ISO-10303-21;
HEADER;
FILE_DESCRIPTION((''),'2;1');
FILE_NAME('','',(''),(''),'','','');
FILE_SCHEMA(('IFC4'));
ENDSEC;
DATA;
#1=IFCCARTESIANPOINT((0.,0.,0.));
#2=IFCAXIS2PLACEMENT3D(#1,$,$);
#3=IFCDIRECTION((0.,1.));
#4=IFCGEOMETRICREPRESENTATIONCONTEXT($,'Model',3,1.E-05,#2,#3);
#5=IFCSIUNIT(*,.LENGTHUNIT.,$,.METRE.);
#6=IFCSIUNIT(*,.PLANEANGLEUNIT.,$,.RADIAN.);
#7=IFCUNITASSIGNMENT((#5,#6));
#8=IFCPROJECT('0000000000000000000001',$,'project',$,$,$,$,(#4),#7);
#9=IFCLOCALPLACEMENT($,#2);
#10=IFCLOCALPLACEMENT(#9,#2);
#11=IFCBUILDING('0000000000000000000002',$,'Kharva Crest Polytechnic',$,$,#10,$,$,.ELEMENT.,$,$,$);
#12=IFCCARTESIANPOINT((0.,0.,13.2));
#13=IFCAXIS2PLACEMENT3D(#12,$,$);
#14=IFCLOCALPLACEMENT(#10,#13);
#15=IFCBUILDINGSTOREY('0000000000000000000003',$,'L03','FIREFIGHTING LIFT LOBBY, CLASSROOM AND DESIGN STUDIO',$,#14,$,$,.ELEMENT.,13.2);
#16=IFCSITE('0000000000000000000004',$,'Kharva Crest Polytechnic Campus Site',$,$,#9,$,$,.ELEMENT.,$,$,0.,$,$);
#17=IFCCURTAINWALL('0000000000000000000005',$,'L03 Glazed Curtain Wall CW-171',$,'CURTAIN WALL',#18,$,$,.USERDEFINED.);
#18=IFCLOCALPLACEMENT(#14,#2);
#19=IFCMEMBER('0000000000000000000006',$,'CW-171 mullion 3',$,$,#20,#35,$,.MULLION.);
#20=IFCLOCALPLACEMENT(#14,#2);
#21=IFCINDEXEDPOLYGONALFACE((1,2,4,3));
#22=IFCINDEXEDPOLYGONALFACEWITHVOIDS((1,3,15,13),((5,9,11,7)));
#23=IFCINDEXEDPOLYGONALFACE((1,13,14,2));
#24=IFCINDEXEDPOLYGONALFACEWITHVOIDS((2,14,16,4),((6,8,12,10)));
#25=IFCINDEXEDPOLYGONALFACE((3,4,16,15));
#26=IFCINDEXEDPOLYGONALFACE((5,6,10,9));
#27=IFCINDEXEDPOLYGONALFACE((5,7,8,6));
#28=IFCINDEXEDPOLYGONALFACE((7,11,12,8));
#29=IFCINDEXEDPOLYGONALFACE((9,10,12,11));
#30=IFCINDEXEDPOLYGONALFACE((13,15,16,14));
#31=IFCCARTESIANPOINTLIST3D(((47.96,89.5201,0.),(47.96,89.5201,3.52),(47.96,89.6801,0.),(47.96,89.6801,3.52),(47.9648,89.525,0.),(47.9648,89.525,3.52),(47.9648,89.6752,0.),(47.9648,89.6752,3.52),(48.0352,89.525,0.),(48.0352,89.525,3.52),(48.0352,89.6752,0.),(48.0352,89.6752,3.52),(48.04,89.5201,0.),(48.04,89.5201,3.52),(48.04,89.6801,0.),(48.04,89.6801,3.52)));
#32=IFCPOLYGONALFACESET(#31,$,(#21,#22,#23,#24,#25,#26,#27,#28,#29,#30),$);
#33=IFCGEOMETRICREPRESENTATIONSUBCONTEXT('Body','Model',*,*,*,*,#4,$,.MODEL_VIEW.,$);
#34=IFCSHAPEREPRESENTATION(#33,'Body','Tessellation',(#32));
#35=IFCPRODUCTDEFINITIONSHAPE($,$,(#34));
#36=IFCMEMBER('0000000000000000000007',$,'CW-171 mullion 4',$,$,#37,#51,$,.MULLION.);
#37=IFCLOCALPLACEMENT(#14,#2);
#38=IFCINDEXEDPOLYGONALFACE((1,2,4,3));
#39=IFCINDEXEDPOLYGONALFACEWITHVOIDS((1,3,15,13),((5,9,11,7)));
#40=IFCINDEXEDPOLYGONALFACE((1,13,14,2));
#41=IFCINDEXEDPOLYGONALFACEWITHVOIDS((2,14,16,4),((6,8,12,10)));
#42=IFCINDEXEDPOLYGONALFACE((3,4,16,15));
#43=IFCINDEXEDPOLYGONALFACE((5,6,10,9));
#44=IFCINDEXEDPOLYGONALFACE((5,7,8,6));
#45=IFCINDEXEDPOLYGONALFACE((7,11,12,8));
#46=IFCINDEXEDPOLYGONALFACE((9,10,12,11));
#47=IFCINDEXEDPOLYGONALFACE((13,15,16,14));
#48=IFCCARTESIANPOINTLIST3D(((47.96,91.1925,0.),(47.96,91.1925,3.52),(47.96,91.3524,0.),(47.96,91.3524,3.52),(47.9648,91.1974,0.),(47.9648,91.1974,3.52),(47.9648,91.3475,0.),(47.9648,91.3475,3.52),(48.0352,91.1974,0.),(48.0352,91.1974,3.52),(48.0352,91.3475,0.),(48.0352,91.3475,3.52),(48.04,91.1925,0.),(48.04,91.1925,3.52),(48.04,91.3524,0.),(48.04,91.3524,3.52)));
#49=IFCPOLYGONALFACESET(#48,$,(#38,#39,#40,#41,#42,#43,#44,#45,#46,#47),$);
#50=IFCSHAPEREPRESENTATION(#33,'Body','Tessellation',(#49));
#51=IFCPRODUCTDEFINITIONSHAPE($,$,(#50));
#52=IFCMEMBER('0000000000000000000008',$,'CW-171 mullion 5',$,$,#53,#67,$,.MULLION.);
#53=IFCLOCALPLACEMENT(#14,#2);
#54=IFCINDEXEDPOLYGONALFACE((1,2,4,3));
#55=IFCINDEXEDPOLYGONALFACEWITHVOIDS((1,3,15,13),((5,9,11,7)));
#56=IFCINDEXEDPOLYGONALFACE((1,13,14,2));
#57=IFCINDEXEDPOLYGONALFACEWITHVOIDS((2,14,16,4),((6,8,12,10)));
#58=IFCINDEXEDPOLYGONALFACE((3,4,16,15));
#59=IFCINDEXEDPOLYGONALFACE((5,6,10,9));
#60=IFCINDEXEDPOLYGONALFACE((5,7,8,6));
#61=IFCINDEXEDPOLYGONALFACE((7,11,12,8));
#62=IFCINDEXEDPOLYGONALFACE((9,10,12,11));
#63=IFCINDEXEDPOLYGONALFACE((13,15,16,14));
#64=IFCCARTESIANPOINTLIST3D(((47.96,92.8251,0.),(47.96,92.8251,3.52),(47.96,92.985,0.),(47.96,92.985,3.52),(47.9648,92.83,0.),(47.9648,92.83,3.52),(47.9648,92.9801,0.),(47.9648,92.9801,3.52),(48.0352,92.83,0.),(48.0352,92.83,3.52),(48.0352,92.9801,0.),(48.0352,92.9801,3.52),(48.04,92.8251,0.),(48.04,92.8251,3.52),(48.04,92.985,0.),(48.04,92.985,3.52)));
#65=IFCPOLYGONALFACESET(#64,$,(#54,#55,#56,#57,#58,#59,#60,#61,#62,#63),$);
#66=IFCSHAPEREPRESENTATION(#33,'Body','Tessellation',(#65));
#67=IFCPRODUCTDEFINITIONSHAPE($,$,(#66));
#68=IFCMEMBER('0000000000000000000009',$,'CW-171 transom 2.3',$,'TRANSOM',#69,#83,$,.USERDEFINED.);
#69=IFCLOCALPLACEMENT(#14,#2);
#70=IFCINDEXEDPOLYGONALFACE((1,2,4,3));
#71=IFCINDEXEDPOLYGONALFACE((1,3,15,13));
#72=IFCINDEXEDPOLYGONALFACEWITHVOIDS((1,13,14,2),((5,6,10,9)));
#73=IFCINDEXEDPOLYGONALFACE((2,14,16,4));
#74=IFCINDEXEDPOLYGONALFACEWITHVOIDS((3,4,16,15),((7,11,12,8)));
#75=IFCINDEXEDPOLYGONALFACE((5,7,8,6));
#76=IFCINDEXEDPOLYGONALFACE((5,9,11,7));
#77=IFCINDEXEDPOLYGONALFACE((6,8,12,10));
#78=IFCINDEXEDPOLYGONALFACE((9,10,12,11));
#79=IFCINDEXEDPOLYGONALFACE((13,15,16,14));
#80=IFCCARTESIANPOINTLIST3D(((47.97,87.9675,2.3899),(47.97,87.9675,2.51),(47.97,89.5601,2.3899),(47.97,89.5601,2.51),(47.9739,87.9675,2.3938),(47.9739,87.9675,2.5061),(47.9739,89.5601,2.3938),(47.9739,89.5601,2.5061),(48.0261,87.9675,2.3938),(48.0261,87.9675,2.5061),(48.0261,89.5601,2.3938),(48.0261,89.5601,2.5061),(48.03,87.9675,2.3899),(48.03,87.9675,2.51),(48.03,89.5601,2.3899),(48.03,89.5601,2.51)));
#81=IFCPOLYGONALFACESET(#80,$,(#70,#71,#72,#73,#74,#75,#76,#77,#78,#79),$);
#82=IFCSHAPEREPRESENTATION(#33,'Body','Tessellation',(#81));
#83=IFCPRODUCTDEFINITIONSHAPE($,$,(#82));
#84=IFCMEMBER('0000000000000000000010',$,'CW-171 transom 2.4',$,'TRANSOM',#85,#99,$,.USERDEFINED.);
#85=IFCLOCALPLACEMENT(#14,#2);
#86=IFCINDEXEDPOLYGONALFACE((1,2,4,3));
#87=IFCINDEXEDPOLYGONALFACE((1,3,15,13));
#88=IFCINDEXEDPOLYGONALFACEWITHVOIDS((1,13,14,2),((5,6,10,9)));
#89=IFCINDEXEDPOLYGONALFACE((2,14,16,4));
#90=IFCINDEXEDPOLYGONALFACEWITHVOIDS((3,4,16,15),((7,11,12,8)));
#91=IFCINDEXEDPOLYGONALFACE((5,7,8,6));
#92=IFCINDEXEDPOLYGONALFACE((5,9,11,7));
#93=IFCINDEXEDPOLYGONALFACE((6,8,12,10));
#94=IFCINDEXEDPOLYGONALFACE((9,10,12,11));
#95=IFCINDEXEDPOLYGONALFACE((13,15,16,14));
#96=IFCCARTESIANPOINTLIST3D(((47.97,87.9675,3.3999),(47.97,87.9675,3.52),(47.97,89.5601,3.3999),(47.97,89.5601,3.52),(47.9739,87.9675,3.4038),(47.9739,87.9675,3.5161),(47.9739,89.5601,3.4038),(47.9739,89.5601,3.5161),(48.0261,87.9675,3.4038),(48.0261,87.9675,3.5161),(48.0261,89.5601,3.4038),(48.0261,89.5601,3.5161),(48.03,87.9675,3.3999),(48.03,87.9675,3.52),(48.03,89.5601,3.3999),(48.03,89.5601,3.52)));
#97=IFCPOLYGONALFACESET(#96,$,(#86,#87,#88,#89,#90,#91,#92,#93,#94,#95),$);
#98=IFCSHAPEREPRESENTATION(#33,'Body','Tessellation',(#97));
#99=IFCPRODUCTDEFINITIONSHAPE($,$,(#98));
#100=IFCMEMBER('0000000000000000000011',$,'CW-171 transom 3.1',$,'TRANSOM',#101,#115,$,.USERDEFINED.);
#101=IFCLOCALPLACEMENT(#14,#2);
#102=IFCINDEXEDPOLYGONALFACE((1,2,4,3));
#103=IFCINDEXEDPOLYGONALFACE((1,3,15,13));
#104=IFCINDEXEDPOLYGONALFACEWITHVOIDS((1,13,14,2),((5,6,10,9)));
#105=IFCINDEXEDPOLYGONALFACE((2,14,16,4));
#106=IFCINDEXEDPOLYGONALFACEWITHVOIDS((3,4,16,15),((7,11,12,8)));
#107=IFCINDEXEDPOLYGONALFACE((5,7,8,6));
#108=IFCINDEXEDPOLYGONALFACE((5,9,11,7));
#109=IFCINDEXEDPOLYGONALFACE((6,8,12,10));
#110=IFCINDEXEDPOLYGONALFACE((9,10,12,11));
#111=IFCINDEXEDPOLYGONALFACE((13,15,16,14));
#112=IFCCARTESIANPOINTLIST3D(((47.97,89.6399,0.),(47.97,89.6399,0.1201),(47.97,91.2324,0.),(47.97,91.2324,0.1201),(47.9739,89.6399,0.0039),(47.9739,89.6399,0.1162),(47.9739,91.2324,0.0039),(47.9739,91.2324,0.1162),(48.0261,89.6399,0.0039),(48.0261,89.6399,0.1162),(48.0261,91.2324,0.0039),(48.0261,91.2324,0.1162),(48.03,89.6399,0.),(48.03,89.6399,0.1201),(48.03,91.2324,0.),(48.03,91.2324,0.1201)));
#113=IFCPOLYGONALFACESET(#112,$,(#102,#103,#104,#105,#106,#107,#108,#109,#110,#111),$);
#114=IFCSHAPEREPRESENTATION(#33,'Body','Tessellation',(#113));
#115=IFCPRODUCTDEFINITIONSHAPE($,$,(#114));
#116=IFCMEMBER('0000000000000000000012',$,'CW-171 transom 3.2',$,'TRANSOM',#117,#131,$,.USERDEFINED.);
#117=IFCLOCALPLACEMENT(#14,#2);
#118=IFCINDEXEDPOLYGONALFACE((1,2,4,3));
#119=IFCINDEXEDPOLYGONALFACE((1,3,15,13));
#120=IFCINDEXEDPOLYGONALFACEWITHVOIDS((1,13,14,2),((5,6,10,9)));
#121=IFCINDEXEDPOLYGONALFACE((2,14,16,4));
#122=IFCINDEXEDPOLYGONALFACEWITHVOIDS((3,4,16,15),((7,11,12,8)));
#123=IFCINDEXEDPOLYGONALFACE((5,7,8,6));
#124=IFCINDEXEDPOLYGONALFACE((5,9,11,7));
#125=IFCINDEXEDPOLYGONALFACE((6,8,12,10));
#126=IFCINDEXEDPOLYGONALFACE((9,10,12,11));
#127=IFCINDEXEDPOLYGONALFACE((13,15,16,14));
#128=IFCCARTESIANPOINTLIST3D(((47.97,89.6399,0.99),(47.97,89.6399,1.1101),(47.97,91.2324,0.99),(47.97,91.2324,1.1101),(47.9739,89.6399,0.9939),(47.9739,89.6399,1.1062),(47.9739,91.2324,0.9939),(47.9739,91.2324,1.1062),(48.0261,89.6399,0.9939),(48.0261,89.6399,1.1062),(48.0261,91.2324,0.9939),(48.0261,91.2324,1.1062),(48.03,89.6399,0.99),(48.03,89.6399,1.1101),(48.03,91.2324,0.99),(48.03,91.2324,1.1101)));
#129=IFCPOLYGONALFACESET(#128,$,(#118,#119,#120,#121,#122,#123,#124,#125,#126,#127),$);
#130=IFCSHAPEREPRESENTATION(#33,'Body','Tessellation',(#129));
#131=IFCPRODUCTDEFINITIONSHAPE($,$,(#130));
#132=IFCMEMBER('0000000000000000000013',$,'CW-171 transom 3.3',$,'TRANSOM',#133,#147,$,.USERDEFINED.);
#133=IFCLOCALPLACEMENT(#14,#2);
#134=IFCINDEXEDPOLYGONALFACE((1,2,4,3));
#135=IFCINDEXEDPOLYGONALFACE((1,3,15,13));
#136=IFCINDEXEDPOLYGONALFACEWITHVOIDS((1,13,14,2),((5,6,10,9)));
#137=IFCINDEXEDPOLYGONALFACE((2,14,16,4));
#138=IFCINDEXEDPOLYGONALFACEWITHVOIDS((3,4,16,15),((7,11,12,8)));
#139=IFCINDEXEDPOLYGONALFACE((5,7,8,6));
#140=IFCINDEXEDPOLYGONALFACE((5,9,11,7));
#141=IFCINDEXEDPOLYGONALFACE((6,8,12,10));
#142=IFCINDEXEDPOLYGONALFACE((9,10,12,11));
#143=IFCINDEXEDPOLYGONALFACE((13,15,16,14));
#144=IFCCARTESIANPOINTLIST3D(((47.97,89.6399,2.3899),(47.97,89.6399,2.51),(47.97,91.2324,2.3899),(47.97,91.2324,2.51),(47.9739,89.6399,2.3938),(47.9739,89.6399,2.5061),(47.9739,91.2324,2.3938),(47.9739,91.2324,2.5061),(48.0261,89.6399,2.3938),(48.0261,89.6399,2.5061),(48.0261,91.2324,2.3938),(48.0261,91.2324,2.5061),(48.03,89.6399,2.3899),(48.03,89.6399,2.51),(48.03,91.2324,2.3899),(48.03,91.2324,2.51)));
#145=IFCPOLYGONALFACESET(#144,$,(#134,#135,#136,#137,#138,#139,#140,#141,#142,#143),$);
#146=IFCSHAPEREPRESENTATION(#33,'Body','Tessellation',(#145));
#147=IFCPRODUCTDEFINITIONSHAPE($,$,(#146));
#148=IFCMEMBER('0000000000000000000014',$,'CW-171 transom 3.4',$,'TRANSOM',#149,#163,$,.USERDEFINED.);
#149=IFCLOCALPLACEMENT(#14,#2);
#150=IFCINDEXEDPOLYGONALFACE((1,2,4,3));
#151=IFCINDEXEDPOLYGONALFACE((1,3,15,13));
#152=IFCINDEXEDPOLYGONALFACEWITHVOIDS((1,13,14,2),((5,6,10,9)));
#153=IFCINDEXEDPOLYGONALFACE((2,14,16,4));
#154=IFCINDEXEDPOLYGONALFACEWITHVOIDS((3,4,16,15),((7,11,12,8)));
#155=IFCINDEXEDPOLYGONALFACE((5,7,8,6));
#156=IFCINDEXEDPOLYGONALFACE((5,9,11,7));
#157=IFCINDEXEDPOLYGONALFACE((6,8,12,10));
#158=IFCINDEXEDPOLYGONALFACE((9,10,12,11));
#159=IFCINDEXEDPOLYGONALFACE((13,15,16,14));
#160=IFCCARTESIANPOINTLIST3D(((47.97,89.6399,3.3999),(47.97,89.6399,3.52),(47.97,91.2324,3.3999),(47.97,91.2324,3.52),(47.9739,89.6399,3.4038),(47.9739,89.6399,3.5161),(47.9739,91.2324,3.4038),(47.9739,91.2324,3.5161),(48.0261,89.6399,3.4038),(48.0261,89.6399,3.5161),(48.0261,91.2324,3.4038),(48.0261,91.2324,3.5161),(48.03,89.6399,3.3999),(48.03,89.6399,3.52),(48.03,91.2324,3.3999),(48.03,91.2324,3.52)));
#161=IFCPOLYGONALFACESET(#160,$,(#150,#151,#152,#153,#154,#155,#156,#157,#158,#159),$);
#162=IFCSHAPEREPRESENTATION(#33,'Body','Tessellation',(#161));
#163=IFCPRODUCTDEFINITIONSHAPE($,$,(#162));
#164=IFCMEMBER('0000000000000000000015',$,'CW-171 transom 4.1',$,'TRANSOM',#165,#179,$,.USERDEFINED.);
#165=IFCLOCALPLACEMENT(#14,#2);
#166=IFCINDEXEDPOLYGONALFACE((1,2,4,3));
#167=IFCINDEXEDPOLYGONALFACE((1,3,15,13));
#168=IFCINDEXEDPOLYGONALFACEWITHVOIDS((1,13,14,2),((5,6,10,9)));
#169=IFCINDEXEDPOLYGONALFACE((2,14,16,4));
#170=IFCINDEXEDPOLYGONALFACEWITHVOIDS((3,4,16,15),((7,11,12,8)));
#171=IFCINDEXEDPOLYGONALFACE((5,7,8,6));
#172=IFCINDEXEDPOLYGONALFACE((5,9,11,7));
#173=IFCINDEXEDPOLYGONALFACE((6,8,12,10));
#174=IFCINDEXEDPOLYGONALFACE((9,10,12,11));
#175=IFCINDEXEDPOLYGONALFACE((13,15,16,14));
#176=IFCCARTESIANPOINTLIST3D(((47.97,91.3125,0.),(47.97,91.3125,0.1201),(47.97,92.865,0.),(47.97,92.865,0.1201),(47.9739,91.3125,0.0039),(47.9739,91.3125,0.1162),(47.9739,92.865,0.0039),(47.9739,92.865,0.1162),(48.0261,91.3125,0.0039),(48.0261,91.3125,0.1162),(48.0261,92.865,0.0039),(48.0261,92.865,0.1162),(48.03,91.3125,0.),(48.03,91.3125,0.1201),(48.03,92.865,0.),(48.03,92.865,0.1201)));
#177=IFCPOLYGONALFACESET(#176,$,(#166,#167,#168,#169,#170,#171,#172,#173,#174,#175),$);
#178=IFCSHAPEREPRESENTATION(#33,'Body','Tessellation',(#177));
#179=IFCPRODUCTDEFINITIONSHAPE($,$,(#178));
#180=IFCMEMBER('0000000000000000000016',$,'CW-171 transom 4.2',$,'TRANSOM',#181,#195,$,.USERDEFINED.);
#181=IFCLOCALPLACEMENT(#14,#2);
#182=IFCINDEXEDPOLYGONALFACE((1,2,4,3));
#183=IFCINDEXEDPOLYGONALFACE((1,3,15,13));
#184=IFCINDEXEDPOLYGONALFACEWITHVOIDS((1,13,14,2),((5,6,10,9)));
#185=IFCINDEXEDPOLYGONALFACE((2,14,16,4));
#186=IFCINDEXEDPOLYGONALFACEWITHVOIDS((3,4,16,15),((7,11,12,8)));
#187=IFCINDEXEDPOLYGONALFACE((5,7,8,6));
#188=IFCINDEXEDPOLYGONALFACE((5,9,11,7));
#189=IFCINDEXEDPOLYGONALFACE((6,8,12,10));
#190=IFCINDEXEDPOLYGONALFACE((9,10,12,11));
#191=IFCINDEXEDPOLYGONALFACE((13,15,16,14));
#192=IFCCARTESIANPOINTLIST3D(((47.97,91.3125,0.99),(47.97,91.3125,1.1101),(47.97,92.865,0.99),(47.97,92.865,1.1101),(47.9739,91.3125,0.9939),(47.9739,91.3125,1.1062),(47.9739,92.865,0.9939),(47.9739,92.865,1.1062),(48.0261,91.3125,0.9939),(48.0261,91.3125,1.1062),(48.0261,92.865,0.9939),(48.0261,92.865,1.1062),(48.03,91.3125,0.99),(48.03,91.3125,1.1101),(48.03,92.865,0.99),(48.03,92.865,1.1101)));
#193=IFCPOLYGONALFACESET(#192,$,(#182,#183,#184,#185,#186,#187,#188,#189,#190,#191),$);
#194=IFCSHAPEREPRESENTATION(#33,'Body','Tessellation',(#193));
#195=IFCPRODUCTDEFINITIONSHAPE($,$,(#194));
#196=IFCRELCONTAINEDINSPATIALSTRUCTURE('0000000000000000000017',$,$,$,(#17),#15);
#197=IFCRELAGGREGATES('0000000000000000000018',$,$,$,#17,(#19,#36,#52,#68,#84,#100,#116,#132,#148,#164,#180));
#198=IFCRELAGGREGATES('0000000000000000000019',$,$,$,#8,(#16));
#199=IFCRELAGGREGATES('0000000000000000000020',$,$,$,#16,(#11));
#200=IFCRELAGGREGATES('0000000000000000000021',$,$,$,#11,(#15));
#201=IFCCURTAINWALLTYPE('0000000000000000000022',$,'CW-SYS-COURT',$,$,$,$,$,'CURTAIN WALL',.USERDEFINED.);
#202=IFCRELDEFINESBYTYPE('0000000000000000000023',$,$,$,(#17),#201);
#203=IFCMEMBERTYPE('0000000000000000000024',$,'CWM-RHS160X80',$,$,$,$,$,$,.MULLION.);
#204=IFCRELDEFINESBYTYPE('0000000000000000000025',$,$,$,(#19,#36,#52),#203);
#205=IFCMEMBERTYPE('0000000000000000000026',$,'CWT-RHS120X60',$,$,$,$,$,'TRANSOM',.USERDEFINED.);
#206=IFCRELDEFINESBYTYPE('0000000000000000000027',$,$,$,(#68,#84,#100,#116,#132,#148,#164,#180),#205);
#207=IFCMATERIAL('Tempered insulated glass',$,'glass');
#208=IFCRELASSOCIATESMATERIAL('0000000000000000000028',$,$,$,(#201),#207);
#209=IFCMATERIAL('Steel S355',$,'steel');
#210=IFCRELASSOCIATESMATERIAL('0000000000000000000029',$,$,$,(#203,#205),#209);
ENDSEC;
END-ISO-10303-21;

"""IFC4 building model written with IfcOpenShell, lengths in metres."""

from ifc_helpers import new_model, si_unit, direction, frame, origin, origin_2d, place, context, subcontext, project, spatial, hollow_rectangle, extrude, material, material_profile, profile_set, type_object, element, aggregate, save


model = new_model("IFC4")

# Units and contexts
model_context = context("Model", 3, precision=1e-05, world=origin(), true_north=direction((0.0, 1.0)))
body_context = subcontext(model_context, "Body", "Model", "MODEL_VIEW")
ifc_project = project(units=[si_unit("LENGTHUNIT", "METRE"), si_unit("PLANEANGLEUNIT", "RADIAN")], contexts=[model_context])

# Site, building, storey
site_placement = place(None, origin())
site = spatial("IfcSite", under=ifc_project, at=site_placement, Name="Kharva Crest Polytechnic Campus Site", CompositionType="ELEMENT", RefElevation=0.0)
building_placement = place(site_placement, origin())
building = spatial("IfcBuilding", under=site, at=building_placement, Name="Kharva Crest Polytechnic", CompositionType="ELEMENT")
storey_placement = place(building_placement, frame((0.0, 0.0, 13.2)))
storey = spatial("IfcBuildingStorey", under=building, at=storey_placement, Name="L03", Description="FIREFIGHTING LIFT LOBBY, CLASSROOM AND DESIGN STUDIO", CompositionType="ELEMENT", Elevation=13.2)

# Curtain wall, members
ifc_material_1 = material(Name="Tempered insulated glass", Category="glass")
curtain_wall_type = type_object("IfcCurtainWallType", Name="CW-SYS-COURT", ElementType="CURTAIN WALL", PredefinedType="USERDEFINED", material=ifc_material_1)
curtain_wall_placement = place(storey_placement, origin())
curtain_wall = element("IfcCurtainWall", 1, at=curtain_wall_placement, inside=storey, type_object=curtain_wall_type, Name="L03 Glazed Curtain Wall CW-171", ObjectType="CURTAIN WALL", PredefinedType="USERDEFINED")
ifc_material_2 = material(Name="Steel S355", Category="steel")
ifc_material_profile_1 = material_profile(ifc_material_2, hollow_rectangle(XDim=0.0801, YDim=0.1599, WallThickness=0.0049, at=origin_2d()), Name="RHS 160X80X5.0")
ifc_profile_set_1 = profile_set([ifc_material_profile_1], Name="Steel S355")
member_type_1 = type_object("IfcMemberType", Name="CWM-RHS160X80", PredefinedType="MULLION", material=ifc_profile_set_1)
member_1_placement = place(storey_placement, frame((48.0, 89.6001, 0.0), z_axis=(0.0, 0.0, 1.0), x_axis=(-1.0, 0.0, 0.0)))
member_1 = element("IfcMember", 2, at=member_1_placement, type_object=member_type_1, Name="CW-171 mullion 3", PredefinedType="MULLION", context=body_context, shape_type="SweptSolid", body=[
    extrude(hollow_rectangle(XDim=0.0801, YDim=0.1599, WallThickness=0.0049, at=origin_2d()), origin(), (0.0, 0.0, 1.0), 3.52),
])
member_2_placement = place(storey_placement, frame((48.0, 91.2725, 0.0), z_axis=(0.0, 0.0, 1.0), x_axis=(-1.0, 0.0, 0.0)))
member_2 = element("IfcMember", 3, at=member_2_placement, type_object=member_type_1, Name="CW-171 mullion 4", PredefinedType="MULLION", context=body_context, shape_type="SweptSolid", body=[
    extrude(hollow_rectangle(XDim=0.0801, YDim=0.1599, WallThickness=0.0049, at=origin_2d()), origin(), (0.0, 0.0, 1.0), 3.52),
])
member_3_placement = place(storey_placement, frame((48.0, 92.905, 0.0), z_axis=(0.0, 0.0, 1.0), x_axis=(-1.0, 0.0, 0.0)))
member_3 = element("IfcMember", 4, at=member_3_placement, type_object=member_type_1, Name="CW-171 mullion 5", PredefinedType="MULLION", context=body_context, shape_type="SweptSolid", body=[
    extrude(hollow_rectangle(XDim=0.0801, YDim=0.1599, WallThickness=0.0049, at=origin_2d()), origin(), (0.0, 0.0, 1.0), 3.52),
])
ifc_material_profile_2 = material_profile(ifc_material_2, hollow_rectangle(XDim=0.0601, YDim=0.1201, WallThickness=0.0039, at=origin_2d()), Name="RHS 120X60X4.0")
ifc_profile_set_2 = profile_set([ifc_material_profile_2], Name="Steel S355")
member_type_2 = type_object("IfcMemberType", Name="CWT-RHS120X60", ElementType="TRANSOM", PredefinedType="USERDEFINED", material=ifc_profile_set_2)
member_4_placement = place(storey_placement, frame((48.0, 87.9675, 2.45), z_axis=(0.0, 1.0, 0.0), x_axis=(-1.0, 0.0, 0.0)))
member_4 = element("IfcMember", 5, at=member_4_placement, type_object=member_type_2, Name="CW-171 transom 2.3", ObjectType="TRANSOM", PredefinedType="USERDEFINED", context=body_context, shape_type="SweptSolid", body=[
    extrude(hollow_rectangle(XDim=0.0601, YDim=0.1201, WallThickness=0.0039, at=origin_2d()), origin(), (0.0, 0.0, 1.0), 1.5925),
])
member_5_placement = place(storey_placement, frame((48.0, 87.9675, 3.46), z_axis=(0.0, 1.0, 0.0), x_axis=(-1.0, 0.0, 0.0)))
member_5 = element("IfcMember", 6, at=member_5_placement, type_object=member_type_2, Name="CW-171 transom 2.4", ObjectType="TRANSOM", PredefinedType="USERDEFINED", context=body_context, shape_type="SweptSolid", body=[
    extrude(hollow_rectangle(XDim=0.0601, YDim=0.1201, WallThickness=0.0039, at=origin_2d()), origin(), (0.0, 0.0, 1.0), 1.5925),
])
member_6_placement = place(storey_placement, frame((48.0, 89.6399, 0.0601), z_axis=(0.0, 1.0, 0.0), x_axis=(-1.0, 0.0, 0.0)))
member_6 = element("IfcMember", 7, at=member_6_placement, type_object=member_type_2, Name="CW-171 transom 3.1", ObjectType="TRANSOM", PredefinedType="USERDEFINED", context=body_context, shape_type="SweptSolid", body=[
    extrude(hollow_rectangle(XDim=0.0601, YDim=0.1201, WallThickness=0.0039, at=origin_2d()), origin(), (0.0, 0.0, 1.0), 1.5925),
])
member_7_placement = place(storey_placement, frame((48.0, 89.6399, 1.05), z_axis=(0.0, 1.0, 0.0), x_axis=(-1.0, 0.0, 0.0)))
member_7 = element("IfcMember", 8, at=member_7_placement, type_object=member_type_2, Name="CW-171 transom 3.2", ObjectType="TRANSOM", PredefinedType="USERDEFINED", context=body_context, shape_type="SweptSolid", body=[
    extrude(hollow_rectangle(XDim=0.0601, YDim=0.1201, WallThickness=0.0039, at=origin_2d()), origin(), (0.0, 0.0, 1.0), 1.5925),
])
member_8_placement = place(storey_placement, frame((48.0, 89.6399, 2.45), z_axis=(0.0, 1.0, 0.0), x_axis=(-1.0, 0.0, 0.0)))
member_8 = element("IfcMember", 9, at=member_8_placement, type_object=member_type_2, Name="CW-171 transom 3.3", ObjectType="TRANSOM", PredefinedType="USERDEFINED", context=body_context, shape_type="SweptSolid", body=[
    extrude(hollow_rectangle(XDim=0.0601, YDim=0.1201, WallThickness=0.0039, at=origin_2d()), origin(), (0.0, 0.0, 1.0), 1.5925),
])
member_9_placement = place(storey_placement, frame((48.0, 89.6399, 3.46), z_axis=(0.0, 1.0, 0.0), x_axis=(-1.0, 0.0, 0.0)))
member_9 = element("IfcMember", 10, at=member_9_placement, type_object=member_type_2, Name="CW-171 transom 3.4", ObjectType="TRANSOM", PredefinedType="USERDEFINED", context=body_context, shape_type="SweptSolid", body=[
    extrude(hollow_rectangle(XDim=0.0601, YDim=0.1201, WallThickness=0.0039, at=origin_2d()), origin(), (0.0, 0.0, 1.0), 1.5925),
])
member_10_placement = place(storey_placement, frame((48.0, 91.3125, 0.0601), z_axis=(0.0, 1.0, 0.0), x_axis=(-1.0, 0.0, 0.0)))
member_10 = element("IfcMember", 11, at=member_10_placement, type_object=member_type_2, Name="CW-171 transom 4.1", ObjectType="TRANSOM", PredefinedType="USERDEFINED", context=body_context, shape_type="SweptSolid", body=[
    extrude(hollow_rectangle(XDim=0.0601, YDim=0.1201, WallThickness=0.0039, at=origin_2d()), origin(), (0.0, 0.0, 1.0), 1.5525),
])
member_11_placement = place(storey_placement, frame((48.0, 91.3125, 1.05), z_axis=(0.0, 1.0, 0.0), x_axis=(-1.0, 0.0, 0.0)))
member_11 = element("IfcMember", 12, at=member_11_placement, type_object=member_type_2, Name="CW-171 transom 4.2", ObjectType="TRANSOM", PredefinedType="USERDEFINED", context=body_context, shape_type="SweptSolid", body=[
    extrude(hollow_rectangle(XDim=0.0601, YDim=0.1201, WallThickness=0.0039, at=origin_2d()), origin(), (0.0, 0.0, 1.0), 1.5525),
])
aggregate(curtain_wall, [member_1, member_2, member_3, member_4, member_5, member_6, member_7, member_8, member_9, member_10, member_11])

save(model, "model.ifc")
